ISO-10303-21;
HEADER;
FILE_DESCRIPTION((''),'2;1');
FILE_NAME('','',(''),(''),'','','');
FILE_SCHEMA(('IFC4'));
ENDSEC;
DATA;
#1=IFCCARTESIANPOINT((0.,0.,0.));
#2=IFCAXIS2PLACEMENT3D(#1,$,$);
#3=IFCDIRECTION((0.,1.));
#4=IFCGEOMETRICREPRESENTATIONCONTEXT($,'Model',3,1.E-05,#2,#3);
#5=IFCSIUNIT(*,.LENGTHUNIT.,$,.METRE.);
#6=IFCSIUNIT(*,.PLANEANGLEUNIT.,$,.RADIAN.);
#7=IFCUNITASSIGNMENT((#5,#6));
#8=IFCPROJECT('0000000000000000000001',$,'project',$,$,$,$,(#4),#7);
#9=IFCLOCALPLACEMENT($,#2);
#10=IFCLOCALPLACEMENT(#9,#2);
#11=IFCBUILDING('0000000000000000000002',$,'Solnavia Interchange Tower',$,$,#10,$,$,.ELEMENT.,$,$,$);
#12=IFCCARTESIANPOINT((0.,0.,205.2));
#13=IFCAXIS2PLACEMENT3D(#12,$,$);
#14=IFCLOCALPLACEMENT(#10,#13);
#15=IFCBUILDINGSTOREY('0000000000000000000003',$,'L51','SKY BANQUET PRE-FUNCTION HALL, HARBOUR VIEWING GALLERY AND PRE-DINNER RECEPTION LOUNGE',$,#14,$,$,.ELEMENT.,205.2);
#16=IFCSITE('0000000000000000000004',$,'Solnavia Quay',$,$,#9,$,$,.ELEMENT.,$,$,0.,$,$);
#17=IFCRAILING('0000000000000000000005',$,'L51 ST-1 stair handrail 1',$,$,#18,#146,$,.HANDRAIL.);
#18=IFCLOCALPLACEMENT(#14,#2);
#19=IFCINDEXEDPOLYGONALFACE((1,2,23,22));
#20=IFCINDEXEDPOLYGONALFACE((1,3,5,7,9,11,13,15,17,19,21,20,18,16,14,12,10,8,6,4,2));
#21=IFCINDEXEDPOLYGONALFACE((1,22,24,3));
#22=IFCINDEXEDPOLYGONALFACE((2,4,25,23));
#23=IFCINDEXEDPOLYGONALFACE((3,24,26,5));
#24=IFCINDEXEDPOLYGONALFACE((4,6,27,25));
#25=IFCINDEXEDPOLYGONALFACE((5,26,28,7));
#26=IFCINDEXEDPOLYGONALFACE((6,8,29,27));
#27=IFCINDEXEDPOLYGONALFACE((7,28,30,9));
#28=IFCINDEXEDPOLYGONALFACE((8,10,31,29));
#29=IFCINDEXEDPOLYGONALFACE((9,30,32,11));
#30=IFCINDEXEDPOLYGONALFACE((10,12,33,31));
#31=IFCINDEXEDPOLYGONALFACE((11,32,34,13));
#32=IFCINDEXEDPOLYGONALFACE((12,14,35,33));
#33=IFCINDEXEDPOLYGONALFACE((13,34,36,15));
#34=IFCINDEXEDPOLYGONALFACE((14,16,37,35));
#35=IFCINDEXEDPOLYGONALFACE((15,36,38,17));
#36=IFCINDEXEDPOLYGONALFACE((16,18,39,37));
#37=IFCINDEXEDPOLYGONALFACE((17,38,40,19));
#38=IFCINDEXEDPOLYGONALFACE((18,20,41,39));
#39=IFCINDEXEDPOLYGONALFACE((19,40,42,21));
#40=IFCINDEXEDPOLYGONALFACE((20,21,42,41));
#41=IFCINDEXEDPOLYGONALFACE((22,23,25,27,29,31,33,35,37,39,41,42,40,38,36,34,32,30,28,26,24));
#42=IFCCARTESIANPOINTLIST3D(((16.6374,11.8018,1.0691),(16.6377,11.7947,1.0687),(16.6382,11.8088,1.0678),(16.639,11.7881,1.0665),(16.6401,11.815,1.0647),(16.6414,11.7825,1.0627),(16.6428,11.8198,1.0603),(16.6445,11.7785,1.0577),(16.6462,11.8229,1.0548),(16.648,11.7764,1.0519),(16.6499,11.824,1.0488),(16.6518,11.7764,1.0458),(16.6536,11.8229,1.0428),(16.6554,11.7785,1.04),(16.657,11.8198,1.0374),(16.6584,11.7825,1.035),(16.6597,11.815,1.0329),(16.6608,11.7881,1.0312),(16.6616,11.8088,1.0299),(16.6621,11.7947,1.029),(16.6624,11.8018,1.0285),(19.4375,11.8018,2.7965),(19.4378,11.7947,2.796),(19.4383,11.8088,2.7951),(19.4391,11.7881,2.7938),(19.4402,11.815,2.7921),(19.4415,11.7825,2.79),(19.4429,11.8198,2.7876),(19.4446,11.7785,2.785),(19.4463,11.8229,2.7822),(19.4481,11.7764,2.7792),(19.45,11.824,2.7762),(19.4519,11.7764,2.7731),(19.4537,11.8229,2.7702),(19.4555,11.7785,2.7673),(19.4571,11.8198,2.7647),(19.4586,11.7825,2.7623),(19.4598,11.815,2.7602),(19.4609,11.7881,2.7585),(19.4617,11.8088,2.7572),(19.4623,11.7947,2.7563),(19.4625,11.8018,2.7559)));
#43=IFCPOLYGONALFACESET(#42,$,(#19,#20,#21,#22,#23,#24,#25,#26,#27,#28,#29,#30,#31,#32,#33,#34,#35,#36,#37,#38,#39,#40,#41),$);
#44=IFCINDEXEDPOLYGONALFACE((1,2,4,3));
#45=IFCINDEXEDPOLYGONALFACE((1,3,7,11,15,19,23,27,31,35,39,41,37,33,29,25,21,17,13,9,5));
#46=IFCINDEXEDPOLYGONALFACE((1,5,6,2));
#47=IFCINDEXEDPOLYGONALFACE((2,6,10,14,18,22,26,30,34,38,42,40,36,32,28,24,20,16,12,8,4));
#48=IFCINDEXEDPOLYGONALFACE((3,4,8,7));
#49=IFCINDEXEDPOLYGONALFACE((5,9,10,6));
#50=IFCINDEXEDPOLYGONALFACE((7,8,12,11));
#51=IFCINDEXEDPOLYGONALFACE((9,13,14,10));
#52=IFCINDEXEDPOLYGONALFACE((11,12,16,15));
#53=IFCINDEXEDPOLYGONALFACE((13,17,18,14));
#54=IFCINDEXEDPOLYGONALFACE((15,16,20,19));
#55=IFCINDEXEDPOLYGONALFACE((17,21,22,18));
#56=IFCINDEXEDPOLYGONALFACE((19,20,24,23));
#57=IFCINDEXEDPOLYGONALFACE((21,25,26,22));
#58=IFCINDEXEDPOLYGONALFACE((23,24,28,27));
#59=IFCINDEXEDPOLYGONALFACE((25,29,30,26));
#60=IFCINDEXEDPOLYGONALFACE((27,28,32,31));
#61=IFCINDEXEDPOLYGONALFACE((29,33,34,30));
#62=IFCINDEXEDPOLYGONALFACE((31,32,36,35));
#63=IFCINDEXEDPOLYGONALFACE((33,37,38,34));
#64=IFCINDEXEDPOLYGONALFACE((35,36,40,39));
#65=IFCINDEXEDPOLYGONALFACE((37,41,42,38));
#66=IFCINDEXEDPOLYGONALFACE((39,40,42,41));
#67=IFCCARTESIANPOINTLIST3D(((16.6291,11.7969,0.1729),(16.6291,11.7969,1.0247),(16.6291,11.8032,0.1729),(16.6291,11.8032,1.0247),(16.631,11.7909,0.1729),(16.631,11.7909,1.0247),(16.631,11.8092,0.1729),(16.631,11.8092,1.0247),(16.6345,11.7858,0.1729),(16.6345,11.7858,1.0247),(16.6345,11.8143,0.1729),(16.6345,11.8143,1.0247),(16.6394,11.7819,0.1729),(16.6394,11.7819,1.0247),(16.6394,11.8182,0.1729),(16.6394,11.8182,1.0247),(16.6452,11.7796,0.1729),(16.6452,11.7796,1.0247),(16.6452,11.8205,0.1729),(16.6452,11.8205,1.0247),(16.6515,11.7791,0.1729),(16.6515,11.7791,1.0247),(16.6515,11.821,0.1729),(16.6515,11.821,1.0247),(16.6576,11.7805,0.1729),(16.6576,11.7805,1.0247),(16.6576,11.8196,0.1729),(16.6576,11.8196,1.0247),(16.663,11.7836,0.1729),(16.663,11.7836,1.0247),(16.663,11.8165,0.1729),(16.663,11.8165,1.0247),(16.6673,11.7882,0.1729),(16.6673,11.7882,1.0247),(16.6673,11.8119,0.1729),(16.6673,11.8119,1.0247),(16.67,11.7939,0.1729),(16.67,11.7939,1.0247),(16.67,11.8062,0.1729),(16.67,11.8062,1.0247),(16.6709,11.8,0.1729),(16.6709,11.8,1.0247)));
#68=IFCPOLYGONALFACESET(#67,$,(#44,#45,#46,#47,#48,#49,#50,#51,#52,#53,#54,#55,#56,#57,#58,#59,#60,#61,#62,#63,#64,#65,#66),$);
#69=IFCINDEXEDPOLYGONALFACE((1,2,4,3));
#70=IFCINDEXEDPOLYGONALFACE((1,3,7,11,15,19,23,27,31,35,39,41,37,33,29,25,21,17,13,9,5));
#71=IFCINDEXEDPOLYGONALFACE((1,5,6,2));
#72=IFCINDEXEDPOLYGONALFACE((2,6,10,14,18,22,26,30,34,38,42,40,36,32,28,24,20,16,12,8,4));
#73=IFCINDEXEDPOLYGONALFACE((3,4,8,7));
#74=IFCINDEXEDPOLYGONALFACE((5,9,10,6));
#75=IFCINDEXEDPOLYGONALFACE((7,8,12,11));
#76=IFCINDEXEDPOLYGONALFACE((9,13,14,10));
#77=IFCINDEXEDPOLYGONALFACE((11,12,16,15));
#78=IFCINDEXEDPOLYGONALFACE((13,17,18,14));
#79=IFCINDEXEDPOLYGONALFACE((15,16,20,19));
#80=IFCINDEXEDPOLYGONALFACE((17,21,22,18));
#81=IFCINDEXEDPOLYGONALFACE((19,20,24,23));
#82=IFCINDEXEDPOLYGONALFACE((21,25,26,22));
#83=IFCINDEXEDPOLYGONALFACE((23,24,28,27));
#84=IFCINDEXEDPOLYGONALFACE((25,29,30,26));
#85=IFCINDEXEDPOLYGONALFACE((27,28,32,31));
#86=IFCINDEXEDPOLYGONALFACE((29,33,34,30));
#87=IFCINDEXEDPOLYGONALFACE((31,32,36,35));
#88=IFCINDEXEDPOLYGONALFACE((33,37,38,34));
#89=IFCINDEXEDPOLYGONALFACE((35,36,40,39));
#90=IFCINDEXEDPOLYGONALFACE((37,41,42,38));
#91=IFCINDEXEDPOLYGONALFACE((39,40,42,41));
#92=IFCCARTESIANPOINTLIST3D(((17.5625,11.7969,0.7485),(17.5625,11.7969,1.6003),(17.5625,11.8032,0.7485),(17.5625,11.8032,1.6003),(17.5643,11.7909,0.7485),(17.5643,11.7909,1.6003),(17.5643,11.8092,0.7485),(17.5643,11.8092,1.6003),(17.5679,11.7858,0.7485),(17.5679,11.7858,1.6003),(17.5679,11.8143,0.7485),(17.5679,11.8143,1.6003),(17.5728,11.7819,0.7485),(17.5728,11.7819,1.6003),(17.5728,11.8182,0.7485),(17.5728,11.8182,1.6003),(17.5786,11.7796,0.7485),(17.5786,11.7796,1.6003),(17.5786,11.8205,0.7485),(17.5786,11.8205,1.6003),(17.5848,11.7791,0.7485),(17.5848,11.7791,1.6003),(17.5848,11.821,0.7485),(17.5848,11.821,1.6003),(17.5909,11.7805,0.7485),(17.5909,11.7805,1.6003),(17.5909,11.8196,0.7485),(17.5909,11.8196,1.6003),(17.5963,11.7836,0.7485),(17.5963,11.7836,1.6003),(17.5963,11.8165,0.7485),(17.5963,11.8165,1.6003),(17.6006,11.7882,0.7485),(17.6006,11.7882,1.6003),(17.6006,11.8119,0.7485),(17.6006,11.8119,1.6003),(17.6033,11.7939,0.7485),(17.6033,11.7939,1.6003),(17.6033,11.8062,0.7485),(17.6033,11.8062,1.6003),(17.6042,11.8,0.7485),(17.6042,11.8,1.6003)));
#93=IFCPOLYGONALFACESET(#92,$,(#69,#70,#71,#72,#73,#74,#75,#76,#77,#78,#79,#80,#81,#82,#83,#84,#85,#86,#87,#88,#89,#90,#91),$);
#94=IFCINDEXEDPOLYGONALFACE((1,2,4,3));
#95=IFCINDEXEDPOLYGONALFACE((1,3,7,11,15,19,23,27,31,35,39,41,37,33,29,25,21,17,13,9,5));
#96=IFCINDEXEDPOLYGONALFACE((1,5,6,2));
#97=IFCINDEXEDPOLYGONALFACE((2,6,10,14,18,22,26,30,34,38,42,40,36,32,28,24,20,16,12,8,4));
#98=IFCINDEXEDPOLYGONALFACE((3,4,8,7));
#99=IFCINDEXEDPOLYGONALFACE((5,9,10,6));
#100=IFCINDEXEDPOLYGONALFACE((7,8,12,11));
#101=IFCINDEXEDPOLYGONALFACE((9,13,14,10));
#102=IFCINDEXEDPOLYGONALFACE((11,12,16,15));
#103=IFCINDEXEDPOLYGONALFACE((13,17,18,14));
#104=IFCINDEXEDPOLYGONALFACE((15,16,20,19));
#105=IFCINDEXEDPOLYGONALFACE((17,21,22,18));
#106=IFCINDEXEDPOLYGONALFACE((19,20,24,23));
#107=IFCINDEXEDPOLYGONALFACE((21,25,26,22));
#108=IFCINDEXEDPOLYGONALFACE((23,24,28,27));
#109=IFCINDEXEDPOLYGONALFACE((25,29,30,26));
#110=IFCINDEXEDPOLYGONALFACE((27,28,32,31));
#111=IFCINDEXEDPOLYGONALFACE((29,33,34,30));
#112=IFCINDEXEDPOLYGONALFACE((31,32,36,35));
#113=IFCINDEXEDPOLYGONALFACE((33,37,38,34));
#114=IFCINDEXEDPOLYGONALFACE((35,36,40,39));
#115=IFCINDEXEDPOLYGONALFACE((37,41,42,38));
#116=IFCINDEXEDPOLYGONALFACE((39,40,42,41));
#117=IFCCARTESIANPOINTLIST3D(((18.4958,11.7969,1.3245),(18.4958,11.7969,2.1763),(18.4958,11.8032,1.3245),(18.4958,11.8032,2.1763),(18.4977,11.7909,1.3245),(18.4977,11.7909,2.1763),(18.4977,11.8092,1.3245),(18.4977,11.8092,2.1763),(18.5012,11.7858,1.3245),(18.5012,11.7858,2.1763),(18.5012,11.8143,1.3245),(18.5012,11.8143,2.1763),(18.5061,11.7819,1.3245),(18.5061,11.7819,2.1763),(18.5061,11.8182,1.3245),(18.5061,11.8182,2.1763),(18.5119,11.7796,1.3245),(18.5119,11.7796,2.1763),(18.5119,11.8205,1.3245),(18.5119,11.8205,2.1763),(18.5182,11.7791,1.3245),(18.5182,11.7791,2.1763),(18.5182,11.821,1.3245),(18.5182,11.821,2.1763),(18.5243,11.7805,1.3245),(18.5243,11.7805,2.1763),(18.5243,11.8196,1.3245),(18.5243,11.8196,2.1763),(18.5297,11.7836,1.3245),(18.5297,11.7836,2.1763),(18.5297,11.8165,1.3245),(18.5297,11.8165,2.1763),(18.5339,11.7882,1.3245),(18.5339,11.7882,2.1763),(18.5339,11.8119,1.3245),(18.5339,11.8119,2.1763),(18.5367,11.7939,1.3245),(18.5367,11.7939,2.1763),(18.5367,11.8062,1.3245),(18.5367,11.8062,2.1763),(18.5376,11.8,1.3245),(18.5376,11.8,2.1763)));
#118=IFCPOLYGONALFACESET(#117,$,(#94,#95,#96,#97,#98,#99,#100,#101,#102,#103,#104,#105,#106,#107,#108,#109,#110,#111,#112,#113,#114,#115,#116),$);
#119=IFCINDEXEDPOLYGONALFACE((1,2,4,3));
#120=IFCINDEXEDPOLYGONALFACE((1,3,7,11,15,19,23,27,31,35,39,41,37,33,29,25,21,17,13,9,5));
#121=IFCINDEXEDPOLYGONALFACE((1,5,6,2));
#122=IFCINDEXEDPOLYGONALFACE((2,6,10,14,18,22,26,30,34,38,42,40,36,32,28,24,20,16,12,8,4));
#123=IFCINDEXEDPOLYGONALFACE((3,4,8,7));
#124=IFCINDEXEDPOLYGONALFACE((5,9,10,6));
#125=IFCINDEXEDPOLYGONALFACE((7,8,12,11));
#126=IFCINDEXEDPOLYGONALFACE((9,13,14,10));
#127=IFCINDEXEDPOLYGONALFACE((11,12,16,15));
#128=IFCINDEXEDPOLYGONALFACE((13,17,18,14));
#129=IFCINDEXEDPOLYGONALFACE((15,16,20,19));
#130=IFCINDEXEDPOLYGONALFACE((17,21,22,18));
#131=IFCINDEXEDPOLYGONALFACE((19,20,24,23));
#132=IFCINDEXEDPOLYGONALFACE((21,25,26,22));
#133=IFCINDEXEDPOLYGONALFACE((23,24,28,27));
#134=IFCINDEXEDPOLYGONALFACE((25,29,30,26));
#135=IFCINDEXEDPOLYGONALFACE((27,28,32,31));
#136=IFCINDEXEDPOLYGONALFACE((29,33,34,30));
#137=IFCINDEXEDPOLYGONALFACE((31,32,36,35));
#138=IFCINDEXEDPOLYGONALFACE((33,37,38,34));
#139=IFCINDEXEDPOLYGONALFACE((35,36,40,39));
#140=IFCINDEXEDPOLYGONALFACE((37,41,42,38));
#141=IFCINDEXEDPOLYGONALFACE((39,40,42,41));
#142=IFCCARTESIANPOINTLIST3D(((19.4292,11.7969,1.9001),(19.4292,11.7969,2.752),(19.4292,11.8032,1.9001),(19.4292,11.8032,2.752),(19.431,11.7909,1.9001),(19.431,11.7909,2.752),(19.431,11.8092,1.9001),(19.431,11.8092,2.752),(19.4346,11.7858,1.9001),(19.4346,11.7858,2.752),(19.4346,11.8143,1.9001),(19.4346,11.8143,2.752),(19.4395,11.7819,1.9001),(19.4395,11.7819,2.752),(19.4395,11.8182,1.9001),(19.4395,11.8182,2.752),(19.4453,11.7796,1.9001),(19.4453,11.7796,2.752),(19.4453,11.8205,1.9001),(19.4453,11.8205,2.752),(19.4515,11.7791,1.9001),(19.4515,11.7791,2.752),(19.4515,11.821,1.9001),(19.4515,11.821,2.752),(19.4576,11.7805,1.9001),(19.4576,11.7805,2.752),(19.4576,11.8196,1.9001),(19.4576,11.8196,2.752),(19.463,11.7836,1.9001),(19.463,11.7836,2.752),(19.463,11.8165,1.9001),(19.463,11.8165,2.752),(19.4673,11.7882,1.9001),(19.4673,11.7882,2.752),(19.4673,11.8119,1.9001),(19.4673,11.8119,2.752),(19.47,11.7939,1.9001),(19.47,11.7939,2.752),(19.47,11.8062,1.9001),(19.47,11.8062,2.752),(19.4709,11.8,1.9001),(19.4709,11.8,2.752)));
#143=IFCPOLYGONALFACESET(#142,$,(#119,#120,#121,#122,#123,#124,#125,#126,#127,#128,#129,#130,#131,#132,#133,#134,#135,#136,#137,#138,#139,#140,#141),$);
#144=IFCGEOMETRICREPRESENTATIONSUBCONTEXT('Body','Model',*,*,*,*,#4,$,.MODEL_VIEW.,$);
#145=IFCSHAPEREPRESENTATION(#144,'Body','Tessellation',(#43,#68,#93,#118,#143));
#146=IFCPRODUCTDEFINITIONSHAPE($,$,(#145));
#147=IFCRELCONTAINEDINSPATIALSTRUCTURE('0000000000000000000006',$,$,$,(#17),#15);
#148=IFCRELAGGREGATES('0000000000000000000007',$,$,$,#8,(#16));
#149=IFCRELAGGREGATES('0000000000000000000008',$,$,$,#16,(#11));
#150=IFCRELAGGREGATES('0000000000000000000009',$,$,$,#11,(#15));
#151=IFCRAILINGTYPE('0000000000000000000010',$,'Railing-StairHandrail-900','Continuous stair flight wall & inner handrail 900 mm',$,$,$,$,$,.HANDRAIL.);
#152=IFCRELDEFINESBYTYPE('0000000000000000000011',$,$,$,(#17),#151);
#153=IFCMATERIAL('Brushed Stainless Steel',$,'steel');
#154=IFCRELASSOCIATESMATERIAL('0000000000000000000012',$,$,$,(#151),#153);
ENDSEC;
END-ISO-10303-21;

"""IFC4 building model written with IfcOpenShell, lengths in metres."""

from ifc_helpers import new_model, si_unit, direction, frame, origin, origin_2d, place, context, subcontext, project, spatial, circle, extrude, material, type_object, element, save


model = new_model("IFC4")

# Units and contexts
model_context = context("Model", 3, precision=1e-05, world=origin(), true_north=direction((0.0, 1.0)))
body_context = subcontext(model_context, "Body", "Model", "MODEL_VIEW")
ifc_project = project(units=[si_unit("LENGTHUNIT", "METRE"), si_unit("PLANEANGLEUNIT", "RADIAN")], contexts=[model_context])

# Site, building, storey
site_placement = place(None, origin())
site = spatial("IfcSite", under=ifc_project, at=site_placement, Name="Solnavia Quay", CompositionType="ELEMENT", RefElevation=0.0)
building_placement = place(site_placement, origin())
building = spatial("IfcBuilding", under=site, at=building_placement, Name="Solnavia Interchange Tower", CompositionType="ELEMENT")
storey_placement = place(building_placement, frame((0.0, 0.0, 205.2)))
storey = spatial("IfcBuildingStorey", under=building, at=storey_placement, Name="L51", Description="SKY BANQUET PRE-FUNCTION HALL, HARBOUR VIEWING GALLERY AND PRE-DINNER RECEPTION LOUNGE", CompositionType="ELEMENT", Elevation=205.2)

# Railing
ifc_material_1 = material(Name="Brushed Stainless Steel", Category="steel")
railing_type_1 = type_object("IfcRailingType", Name="Railing-StairHandrail-900", Description="Continuous stair flight wall & inner handrail 900 mm", PredefinedType="HANDRAIL", material=ifc_material_1)
railing_1_placement = place(storey_placement, frame((16.6499, 11.8, 0.1729)))
element("IfcRailing", 1, at=railing_1_placement, inside=storey, type_object=railing_type_1, Name="L51 ST-1 stair handrail 1", PredefinedType="HANDRAIL", context=body_context, shape_type="SweptSolid", body=[
    extrude(circle(Radius=0.0239, at=origin_2d()), frame((0.0, 0.0, 0.876), z_axis=(0.85109, 0.0, 0.52502), x_axis=(0.0, 1.0, 0.0)), (0.0, 0.0, 1.0), 3.29),
    extrude(circle(Radius=0.021, at=origin_2d()), origin(), (0.0, 0.0, 1.0), 0.8518),
    extrude(circle(Radius=0.021, at=origin_2d()), frame((0.9333, 0.0, 0.5757)), (0.0, 0.0, 1.0), 0.8518),
    extrude(circle(Radius=0.021, at=origin_2d()), frame((1.8667, 0.0, 1.1516)), (0.0, 0.0, 1.0), 0.8518),
    extrude(circle(Radius=0.021, at=origin_2d()), frame((2.8, 0.0, 1.7273)), (0.0, 0.0, 1.0), 0.8518),
])

save(model, "model.ifc")
